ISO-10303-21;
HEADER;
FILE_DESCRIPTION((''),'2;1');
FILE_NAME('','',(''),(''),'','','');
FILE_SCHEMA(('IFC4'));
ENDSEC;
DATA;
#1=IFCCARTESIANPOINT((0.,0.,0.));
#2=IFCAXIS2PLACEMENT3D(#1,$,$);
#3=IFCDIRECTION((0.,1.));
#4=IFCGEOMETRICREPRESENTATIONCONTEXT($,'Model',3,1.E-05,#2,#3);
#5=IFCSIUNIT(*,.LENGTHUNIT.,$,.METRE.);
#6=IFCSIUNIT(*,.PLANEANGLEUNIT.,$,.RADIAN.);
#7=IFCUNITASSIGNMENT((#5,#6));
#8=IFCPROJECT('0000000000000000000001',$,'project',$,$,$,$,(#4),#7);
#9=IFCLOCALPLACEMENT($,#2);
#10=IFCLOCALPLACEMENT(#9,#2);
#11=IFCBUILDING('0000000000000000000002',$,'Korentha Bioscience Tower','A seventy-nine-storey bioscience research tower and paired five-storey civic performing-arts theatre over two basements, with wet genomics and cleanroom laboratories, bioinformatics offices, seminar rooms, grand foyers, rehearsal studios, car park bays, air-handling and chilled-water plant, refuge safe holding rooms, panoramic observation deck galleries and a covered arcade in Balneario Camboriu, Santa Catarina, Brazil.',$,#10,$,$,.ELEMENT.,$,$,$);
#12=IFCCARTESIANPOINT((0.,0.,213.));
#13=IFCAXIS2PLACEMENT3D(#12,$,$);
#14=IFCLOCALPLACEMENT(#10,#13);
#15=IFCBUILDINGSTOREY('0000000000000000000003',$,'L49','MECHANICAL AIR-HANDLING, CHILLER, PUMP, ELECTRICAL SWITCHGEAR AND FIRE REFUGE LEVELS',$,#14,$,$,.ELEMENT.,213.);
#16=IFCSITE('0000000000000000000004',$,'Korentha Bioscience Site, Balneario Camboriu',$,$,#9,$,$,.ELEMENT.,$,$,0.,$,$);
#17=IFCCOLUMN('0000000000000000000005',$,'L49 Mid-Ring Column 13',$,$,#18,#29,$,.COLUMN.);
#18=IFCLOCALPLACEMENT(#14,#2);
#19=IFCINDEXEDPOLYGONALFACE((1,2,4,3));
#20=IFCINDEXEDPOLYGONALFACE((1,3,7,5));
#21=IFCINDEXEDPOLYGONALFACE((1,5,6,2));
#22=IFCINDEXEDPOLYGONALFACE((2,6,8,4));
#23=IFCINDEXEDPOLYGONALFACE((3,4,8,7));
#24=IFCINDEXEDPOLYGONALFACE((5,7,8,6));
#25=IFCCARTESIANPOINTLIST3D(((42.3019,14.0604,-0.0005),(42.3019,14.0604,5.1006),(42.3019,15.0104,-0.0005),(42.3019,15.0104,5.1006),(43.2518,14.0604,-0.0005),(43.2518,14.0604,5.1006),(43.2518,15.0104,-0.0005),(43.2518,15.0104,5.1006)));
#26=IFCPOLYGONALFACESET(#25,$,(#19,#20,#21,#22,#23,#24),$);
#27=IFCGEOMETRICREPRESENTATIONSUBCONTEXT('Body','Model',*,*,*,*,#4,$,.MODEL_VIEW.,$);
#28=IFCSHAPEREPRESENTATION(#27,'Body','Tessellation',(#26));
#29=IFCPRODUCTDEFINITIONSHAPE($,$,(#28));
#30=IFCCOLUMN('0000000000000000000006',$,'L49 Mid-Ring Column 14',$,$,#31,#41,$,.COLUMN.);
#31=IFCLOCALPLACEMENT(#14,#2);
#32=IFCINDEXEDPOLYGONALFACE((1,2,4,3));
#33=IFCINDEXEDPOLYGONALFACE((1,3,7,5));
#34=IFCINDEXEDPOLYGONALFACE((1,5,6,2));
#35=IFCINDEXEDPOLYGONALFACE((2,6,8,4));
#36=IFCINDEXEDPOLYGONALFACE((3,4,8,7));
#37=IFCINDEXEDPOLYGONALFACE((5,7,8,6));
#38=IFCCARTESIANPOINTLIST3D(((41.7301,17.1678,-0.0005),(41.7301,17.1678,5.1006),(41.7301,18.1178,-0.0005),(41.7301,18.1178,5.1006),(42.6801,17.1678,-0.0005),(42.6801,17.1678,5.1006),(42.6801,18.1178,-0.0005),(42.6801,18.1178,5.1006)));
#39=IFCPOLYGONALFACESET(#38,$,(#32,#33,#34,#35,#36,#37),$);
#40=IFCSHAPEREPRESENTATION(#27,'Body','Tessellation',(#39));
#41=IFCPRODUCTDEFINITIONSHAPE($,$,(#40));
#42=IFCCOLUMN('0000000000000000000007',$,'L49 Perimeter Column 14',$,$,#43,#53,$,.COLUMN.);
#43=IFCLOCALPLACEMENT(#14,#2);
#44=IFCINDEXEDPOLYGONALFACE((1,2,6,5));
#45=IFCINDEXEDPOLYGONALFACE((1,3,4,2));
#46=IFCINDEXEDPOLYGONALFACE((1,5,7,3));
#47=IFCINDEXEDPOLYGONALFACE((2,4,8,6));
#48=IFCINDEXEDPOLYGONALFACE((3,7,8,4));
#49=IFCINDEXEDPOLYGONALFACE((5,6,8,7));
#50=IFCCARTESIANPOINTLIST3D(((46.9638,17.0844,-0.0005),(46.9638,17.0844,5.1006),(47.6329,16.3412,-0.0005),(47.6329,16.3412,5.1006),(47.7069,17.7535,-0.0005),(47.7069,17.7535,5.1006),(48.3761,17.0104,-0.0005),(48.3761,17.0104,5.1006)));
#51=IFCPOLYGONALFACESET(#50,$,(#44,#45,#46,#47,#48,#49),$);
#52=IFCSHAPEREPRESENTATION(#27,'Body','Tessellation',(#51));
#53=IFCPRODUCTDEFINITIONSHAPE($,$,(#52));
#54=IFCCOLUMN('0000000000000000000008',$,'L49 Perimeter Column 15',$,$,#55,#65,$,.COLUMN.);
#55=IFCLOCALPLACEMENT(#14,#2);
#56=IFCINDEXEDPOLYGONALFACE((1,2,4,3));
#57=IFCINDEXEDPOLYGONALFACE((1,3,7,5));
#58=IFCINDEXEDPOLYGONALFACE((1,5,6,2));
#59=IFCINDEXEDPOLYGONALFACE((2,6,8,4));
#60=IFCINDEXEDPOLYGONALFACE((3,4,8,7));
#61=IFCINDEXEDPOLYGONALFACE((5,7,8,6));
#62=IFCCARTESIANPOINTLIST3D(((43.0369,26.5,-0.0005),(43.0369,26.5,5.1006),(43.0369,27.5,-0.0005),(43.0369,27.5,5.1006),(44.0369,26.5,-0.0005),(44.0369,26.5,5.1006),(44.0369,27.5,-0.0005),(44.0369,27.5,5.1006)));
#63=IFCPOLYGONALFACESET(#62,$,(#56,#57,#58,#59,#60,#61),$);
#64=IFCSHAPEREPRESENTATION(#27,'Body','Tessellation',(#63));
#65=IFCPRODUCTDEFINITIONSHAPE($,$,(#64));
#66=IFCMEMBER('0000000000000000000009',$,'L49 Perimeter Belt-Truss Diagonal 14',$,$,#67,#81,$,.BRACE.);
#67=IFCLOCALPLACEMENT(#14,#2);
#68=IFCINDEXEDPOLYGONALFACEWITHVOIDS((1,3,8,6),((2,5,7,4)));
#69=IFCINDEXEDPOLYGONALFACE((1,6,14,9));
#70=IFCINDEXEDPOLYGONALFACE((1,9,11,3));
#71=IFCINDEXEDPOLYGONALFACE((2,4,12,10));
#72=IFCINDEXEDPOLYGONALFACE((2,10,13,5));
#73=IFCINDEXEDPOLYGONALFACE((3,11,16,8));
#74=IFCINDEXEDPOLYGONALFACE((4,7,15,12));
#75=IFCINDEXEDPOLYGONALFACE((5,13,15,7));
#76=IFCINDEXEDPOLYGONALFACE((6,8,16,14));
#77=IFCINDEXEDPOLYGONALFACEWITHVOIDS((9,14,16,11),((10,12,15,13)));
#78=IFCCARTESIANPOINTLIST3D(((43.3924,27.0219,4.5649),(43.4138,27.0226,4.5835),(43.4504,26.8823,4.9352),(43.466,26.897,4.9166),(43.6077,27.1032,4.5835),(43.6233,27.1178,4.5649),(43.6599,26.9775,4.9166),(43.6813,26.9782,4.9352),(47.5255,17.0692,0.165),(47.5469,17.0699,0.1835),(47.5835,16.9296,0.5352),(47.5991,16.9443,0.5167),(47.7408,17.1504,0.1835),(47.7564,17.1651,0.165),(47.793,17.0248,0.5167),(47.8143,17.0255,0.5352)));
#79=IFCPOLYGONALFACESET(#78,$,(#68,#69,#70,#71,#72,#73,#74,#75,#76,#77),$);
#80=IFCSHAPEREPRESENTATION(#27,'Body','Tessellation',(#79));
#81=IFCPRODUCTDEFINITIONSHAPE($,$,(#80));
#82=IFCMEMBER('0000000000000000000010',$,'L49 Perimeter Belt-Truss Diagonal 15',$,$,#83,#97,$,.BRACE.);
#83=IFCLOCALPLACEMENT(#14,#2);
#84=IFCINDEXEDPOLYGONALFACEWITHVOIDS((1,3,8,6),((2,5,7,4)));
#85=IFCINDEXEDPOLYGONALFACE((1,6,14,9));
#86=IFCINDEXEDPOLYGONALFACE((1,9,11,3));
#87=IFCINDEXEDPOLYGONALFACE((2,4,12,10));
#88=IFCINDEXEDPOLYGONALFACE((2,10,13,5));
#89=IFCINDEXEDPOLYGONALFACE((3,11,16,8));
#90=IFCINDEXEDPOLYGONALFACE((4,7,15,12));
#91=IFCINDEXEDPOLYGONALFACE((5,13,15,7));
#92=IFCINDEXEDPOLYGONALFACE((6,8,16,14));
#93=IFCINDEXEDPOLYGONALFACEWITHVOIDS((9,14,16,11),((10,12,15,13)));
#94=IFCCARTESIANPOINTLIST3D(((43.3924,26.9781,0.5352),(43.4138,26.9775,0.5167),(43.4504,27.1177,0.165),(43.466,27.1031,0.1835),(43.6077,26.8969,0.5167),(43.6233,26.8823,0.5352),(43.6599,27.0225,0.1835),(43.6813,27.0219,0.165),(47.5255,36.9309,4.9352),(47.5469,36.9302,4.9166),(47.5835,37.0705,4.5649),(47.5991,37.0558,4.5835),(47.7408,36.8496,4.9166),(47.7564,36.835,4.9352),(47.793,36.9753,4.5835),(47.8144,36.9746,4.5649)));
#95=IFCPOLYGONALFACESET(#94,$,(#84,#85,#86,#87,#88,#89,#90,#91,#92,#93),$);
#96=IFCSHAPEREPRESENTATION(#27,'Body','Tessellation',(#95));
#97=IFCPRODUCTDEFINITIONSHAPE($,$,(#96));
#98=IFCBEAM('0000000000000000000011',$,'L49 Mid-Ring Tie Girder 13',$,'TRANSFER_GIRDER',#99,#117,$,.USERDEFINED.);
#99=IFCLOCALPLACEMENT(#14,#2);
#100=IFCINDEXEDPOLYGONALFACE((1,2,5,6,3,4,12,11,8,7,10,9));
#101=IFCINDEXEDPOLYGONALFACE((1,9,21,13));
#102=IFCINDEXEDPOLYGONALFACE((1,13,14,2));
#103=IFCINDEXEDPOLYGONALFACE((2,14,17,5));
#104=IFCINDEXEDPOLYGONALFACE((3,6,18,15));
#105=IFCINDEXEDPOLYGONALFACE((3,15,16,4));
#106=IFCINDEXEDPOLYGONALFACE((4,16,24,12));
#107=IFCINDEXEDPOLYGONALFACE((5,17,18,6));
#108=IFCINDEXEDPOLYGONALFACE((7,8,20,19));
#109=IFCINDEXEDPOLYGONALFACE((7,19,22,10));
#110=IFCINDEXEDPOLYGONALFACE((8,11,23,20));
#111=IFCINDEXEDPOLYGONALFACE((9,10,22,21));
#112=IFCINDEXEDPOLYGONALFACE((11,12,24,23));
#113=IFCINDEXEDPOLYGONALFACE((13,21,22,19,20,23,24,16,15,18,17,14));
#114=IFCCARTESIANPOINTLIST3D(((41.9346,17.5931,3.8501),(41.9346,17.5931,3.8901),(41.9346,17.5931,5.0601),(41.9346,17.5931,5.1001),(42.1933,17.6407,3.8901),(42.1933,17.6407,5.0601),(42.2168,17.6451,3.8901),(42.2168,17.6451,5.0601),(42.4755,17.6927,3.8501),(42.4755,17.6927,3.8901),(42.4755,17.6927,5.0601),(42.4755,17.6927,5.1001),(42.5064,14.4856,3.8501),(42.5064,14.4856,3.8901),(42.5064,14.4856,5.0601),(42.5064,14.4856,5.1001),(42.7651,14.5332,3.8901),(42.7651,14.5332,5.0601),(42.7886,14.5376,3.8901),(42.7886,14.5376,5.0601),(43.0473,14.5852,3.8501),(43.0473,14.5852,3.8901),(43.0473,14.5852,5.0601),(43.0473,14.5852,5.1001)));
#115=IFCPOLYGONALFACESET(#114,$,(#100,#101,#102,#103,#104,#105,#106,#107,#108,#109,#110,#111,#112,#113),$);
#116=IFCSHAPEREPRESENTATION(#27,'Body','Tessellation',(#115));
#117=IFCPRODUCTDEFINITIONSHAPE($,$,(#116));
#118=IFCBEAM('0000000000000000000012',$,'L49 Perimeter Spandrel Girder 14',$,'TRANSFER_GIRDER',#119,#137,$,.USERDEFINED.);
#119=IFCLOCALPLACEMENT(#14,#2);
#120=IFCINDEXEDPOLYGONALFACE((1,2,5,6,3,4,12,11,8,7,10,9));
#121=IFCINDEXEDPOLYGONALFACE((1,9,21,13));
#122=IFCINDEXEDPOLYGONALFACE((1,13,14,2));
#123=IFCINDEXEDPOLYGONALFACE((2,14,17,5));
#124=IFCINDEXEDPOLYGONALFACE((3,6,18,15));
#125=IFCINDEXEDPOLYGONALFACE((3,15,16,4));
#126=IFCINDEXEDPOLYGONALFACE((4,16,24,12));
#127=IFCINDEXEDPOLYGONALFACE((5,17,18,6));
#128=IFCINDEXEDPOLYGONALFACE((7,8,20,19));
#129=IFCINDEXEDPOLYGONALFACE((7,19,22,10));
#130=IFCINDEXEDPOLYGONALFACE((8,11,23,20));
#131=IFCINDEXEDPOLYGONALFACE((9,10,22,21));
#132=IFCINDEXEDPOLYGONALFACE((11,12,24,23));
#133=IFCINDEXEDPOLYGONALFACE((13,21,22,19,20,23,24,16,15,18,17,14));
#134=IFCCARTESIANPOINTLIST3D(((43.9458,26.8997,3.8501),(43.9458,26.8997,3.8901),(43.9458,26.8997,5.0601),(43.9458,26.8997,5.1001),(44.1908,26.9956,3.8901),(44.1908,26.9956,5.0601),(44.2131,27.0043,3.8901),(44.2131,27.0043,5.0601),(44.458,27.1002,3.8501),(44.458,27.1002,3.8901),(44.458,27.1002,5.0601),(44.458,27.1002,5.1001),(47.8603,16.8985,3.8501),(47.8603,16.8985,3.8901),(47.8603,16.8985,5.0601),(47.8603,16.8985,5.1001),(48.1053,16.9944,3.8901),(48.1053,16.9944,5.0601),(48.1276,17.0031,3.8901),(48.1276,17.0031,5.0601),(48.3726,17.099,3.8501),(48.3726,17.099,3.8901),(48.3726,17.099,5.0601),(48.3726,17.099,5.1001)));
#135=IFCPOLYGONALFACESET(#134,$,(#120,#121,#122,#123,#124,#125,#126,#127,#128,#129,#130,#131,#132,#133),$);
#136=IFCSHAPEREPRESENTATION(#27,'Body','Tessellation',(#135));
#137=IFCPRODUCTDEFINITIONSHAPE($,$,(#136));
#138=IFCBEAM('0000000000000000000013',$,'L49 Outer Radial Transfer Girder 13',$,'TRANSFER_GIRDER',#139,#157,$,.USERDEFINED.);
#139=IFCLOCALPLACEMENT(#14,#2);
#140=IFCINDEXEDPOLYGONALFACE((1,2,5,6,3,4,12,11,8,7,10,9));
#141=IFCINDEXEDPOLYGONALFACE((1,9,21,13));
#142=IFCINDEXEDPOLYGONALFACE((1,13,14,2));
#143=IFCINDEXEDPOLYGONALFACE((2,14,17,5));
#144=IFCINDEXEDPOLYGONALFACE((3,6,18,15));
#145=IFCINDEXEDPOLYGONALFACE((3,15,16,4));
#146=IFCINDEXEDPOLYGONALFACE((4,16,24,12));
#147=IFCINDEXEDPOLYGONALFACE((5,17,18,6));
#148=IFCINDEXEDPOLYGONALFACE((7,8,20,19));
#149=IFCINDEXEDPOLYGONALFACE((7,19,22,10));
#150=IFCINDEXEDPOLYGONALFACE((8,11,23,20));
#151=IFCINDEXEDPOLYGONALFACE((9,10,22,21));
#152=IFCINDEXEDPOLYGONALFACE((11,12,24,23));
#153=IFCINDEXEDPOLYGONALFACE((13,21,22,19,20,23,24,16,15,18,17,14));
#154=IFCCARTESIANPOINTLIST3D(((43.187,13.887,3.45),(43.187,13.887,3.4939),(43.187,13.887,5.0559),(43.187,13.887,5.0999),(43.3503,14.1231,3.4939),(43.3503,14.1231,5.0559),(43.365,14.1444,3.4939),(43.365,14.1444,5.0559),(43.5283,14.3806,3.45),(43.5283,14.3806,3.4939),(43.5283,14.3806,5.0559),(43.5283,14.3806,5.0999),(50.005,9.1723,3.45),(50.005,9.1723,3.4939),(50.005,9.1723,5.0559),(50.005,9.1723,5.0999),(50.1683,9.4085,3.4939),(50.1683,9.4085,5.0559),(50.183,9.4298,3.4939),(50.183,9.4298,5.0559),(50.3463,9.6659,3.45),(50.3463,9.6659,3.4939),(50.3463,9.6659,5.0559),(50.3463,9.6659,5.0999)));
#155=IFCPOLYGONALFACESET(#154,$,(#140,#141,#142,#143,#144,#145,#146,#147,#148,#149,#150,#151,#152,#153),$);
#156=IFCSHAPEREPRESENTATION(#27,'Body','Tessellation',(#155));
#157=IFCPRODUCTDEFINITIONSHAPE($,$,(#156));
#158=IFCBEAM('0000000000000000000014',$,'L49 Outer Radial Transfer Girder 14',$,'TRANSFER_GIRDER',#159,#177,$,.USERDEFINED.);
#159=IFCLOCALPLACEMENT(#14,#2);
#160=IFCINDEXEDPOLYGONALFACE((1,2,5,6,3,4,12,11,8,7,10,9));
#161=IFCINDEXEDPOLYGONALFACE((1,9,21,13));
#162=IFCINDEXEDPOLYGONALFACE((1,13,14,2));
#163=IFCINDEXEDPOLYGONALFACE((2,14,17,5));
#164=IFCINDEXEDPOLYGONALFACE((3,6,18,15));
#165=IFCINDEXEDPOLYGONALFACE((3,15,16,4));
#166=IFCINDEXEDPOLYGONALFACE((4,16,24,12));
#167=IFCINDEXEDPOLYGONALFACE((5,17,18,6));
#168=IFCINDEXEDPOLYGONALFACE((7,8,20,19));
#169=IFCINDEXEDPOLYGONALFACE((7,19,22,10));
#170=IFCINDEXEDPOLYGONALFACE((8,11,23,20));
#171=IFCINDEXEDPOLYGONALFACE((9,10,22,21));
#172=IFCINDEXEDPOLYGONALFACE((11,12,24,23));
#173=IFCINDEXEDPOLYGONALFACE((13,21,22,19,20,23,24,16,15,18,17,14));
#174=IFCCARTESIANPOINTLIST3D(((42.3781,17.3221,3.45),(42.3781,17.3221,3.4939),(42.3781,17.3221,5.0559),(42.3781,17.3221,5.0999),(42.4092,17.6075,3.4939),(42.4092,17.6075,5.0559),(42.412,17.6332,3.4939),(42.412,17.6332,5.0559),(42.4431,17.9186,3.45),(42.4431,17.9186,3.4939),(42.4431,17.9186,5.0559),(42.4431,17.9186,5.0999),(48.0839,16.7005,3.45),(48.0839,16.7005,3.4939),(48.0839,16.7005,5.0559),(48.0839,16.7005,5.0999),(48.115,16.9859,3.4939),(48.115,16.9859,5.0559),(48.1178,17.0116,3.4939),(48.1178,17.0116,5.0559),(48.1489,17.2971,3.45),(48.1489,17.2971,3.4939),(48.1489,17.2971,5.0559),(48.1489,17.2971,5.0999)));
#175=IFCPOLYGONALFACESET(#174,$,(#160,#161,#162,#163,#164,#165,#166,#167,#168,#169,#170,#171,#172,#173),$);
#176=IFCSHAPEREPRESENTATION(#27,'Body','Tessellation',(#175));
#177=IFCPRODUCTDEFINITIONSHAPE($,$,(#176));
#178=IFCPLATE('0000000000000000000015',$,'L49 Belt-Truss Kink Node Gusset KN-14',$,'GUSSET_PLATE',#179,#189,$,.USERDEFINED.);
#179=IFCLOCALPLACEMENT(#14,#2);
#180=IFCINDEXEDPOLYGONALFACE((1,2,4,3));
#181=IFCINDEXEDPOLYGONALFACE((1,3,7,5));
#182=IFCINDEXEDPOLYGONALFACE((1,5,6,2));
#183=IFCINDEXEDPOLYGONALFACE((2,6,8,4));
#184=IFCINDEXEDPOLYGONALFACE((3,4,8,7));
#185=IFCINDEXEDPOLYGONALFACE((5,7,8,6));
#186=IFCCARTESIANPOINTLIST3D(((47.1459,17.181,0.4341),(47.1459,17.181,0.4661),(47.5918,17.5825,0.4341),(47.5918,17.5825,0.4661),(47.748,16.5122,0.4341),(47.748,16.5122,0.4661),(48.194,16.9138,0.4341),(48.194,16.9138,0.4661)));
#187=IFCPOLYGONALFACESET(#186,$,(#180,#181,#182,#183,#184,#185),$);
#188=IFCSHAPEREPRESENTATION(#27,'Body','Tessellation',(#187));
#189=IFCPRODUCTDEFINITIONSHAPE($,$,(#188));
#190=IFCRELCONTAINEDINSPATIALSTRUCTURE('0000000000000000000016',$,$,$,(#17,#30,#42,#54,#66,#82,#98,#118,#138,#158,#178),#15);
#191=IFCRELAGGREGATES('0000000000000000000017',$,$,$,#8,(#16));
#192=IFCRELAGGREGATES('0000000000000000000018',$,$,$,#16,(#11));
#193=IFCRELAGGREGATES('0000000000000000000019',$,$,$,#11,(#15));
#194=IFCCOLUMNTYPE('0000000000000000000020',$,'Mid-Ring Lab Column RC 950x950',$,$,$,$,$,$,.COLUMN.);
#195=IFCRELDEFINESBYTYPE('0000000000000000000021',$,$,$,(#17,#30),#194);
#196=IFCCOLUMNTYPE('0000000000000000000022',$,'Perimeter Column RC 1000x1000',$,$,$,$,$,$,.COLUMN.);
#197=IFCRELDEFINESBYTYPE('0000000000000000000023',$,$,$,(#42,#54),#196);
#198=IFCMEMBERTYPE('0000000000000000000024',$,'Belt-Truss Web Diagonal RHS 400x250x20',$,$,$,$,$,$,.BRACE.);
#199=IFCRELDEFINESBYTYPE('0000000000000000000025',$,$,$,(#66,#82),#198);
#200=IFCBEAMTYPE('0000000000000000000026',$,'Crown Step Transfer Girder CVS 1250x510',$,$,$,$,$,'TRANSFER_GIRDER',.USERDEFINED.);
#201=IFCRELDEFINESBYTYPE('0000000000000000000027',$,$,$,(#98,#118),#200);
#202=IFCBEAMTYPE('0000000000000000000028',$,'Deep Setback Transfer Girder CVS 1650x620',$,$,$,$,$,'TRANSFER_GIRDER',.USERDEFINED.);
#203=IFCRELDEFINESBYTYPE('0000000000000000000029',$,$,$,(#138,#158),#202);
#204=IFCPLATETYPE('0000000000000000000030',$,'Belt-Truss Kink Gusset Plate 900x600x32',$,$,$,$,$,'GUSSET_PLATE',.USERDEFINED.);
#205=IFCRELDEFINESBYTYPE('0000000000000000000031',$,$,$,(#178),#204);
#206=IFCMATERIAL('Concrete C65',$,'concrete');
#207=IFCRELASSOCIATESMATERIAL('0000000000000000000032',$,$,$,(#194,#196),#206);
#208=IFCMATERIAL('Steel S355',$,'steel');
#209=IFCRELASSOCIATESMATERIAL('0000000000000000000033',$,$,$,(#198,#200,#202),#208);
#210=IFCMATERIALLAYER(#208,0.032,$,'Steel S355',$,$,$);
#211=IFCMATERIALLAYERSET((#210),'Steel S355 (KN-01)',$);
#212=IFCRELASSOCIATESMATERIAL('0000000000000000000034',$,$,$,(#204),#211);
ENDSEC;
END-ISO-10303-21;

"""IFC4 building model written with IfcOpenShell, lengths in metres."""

from ifc_helpers import new_model, si_unit, direction, frame, origin, origin_2d, place, context, subcontext, project, spatial, rectangle, hollow_rectangle, i_section, extrude, material, layer, layer_set, material_profile, profile_set, type_object, element, save


model = new_model("IFC4")

# Units and contexts
model_context = context("Model", 3, precision=1e-05, world=origin(), true_north=direction((0.0, 1.0)))
body_context = subcontext(model_context, "Body", "Model", "MODEL_VIEW")
ifc_project = project(units=[si_unit("LENGTHUNIT", "METRE"), si_unit("PLANEANGLEUNIT", "RADIAN")], contexts=[model_context])

# Site, building, storey
site_placement = place(None, origin())
site = spatial("IfcSite", under=ifc_project, at=site_placement, Name="Korentha Bioscience Site, Balneario Camboriu", CompositionType="ELEMENT", RefElevation=0.0)
building_placement = place(site_placement, origin())
building = spatial("IfcBuilding", under=site, at=building_placement, Name="Korentha Bioscience Tower", Description="A seventy-nine-storey bioscience research tower and paired five-storey civic performing-arts theatre over two basements, with wet genomics and cleanroom laboratories, bioinformatics offices, seminar rooms, grand foyers, rehearsal studios, car park bays, air-handling and chilled-water plant, refuge safe holding rooms, panoramic observation deck galleries and a covered arcade in Balneario Camboriu, Santa Catarina, Brazil.", CompositionType="ELEMENT")
storey_placement = place(building_placement, frame((0.0, 0.0, 213.0)))
storey = spatial("IfcBuildingStorey", under=building, at=storey_placement, Name="L49", Description="MECHANICAL AIR-HANDLING, CHILLER, PUMP, ELECTRICAL SWITCHGEAR AND FIRE REFUGE LEVELS", CompositionType="ELEMENT", Elevation=213.0)

# Columns
ifc_material_1 = material(Name="Concrete C65", Category="concrete")
ifc_material_profile_1 = material_profile(ifc_material_1, rectangle(XDim=0.95, YDim=0.95, at=origin_2d()), Name="Concrete C65")
ifc_profile_set_1 = profile_set([ifc_material_profile_1], Name="Concrete C65 (COL-MR09)")
column_type_1 = type_object("IfcColumnType", Name="Mid-Ring Lab Column RC 950x950", PredefinedType="COLUMN", material=ifc_profile_set_1)
for number, where, z_axis, x_axis, name in (
    (1, (42.7769, 14.5354, -0.0005), (0.0, 0.0, 1.0), (1.0, 0.0, 0.0), "L49 Mid-Ring Column 13"),
    (2, (42.2051, 17.6428, -0.0005), (0.0, 0.0, 1.0), (1.0, 0.0, 0.0), "L49 Mid-Ring Column 14"),
):
    element("IfcColumn", number, at=place(storey_placement, frame(where, z_axis=z_axis, x_axis=x_axis)), inside=storey, type_object=column_type_1, Name=name, PredefinedType="COLUMN", context=body_context, shape_type="SweptSolid", body=[
        extrude(rectangle(XDim=0.95, YDim=0.95, at=origin_2d()), origin(), (0.0, 0.0, 1.0), 5.1011),
    ])
ifc_material_profile_2 = material_profile(ifc_material_1, rectangle(XDim=1.0, YDim=1.0, at=origin_2d()), Name="Concrete C65")
ifc_profile_set_2 = profile_set([ifc_material_profile_2], Name="Concrete C65 (COL-P10)")
column_type_2 = type_object("IfcColumnType", Name="Perimeter Column RC 1000x1000", PredefinedType="COLUMN", material=ifc_profile_set_2)
for number, where, z_axis, x_axis, name in (
    (3, (47.6699, 17.0474, -0.0005), (0.0, 0.0, 1.0), (-0.669131, 0.743145, 0.0), "L49 Perimeter Column 14"),
    (4, (43.5369, 27.0, -0.0005), (0.0, 0.0, 1.0), (0.0, 1.0, 0.0), "L49 Perimeter Column 15"),
):
    element("IfcColumn", number, at=place(storey_placement, frame(where, z_axis=z_axis, x_axis=x_axis)), inside=storey, type_object=column_type_2, Name=name, PredefinedType="COLUMN", context=body_context, shape_type="SweptSolid", body=[
        extrude(rectangle(XDim=1.0, YDim=1.0, at=origin_2d()), origin(), (0.0, 0.0, 1.0), 5.1011),
    ])

# Members
ifc_material_2 = material(Name="Steel S355", Category="steel")
ifc_material_profile_3 = material_profile(ifc_material_2, hollow_rectangle(XDim=0.25, YDim=0.3999, WallThickness=0.02, at=origin_2d()), Name="Steel S355")
ifc_profile_set_3 = profile_set([ifc_material_profile_3], Name="Steel S355 (BT-D400)")
member_type = type_object("IfcMemberType", Name="Belt-Truss Web Diagonal RHS 400x250x20", PredefinedType="BRACE", material=ifc_profile_set_3)
for number, where, z_axis, x_axis, name in (
    (5, (47.6699, 17.0474, 0.3501), (-0.355065, 0.855016, 0.377989), (-0.923533, -0.383518, 0.0), "L49 Perimeter Belt-Truss Diagonal 14"),
    (6, (43.5369, 27.0, 0.3501), (0.355065, 0.855016, 0.377989), (-0.923533, 0.383518, 0.0), "L49 Perimeter Belt-Truss Diagonal 15"),
):
    element("IfcMember", number, at=place(storey_placement, frame(where, z_axis=z_axis, x_axis=x_axis)), inside=storey, type_object=member_type, Name=name, PredefinedType="BRACE", context=body_context, shape_type="SweptSolid", body=[
        extrude(hollow_rectangle(XDim=0.25, YDim=0.3999, WallThickness=0.02, at=origin_2d()), origin(), (0.0, 0.0, 1.0), 11.6404),
    ])

# Beams
ifc_material_profile_4 = material_profile(ifc_material_2, i_section(OverallWidth=0.55, OverallDepth=1.25, WebThickness=0.0239, FlangeThickness=0.04, at=origin_2d()), Name="Steel S355")
ifc_profile_set_4 = profile_set([ifc_material_profile_4], Name="Steel S355 (TG-03)")
beam_type_1 = type_object("IfcBeamType", Name="Crown Step Transfer Girder CVS 1250x510", ElementType="TRANSFER_GIRDER", PredefinedType="USERDEFINED", material=ifc_profile_set_4)
beam_1_placement = place(storey_placement, frame((42.7769, 14.5354, 4.4751), z_axis=(-0.180966, 0.983489, 0.0), x_axis=(-0.983489, -0.180966, 0.0)))
element("IfcBeam", 7, at=beam_1_placement, inside=storey, type_object=beam_type_1, Name="L49 Mid-Ring Tie Girder 13", ObjectType="TRANSFER_GIRDER", PredefinedType="USERDEFINED", context=body_context, shape_type="SweptSolid", body=[
    extrude(i_section(OverallWidth=0.55, OverallDepth=1.25, WebThickness=0.0239, FlangeThickness=0.04, at=origin_2d()), origin(), (0.0, 0.0, 1.0), 3.1597),
])
beam_2_placement = place(storey_placement, frame((48.1165, 16.9988, 4.4751), z_axis=(-0.364482, 0.93121, 0.0), x_axis=(-0.93121, -0.364482, 0.0)))
element("IfcBeam", 8, at=beam_2_placement, inside=storey, type_object=beam_type_1, Name="L49 Perimeter Spandrel Girder 14", ObjectType="TRANSFER_GIRDER", PredefinedType="USERDEFINED", context=body_context, shape_type="SweptSolid", body=[
    extrude(i_section(OverallWidth=0.55, OverallDepth=1.25, WebThickness=0.0239, FlangeThickness=0.04, at=origin_2d()), origin(), (0.0, 0.0, 1.0), 10.74),
])
ifc_material_profile_5 = material_profile(ifc_material_2, i_section(OverallWidth=0.6001, OverallDepth=1.6499, WebThickness=0.0259, FlangeThickness=0.0439, at=origin_2d()), Name="Steel S355")
ifc_profile_set_5 = profile_set([ifc_material_profile_5], Name="Steel S355 (TG-04)")
beam_type_2 = type_object("IfcBeamType", Name="Deep Setback Transfer Girder CVS 1650x620", ElementType="TRANSFER_GIRDER", PredefinedType="USERDEFINED", material=ifc_profile_set_5)
beam_3_placement = place(storey_placement, frame((43.3577, 14.1338, 4.2749), z_axis=(0.822501, -0.568764, 0.0), x_axis=(0.568764, 0.822501, 0.0)))
element("IfcBeam", 9, at=beam_3_placement, inside=storey, type_object=beam_type_2, Name="L49 Outer Radial Transfer Girder 13", ObjectType="TRANSFER_GIRDER", PredefinedType="USERDEFINED", context=body_context, shape_type="SweptSolid", body=[
    extrude(i_section(OverallWidth=0.6001, OverallDepth=1.6499, WebThickness=0.0259, FlangeThickness=0.0439, at=origin_2d()), origin(), (0.0, 0.0, 1.0), 8.2893),
])
beam_4_placement = place(storey_placement, frame((42.4106, 17.6204, 4.2749), z_axis=(0.994119, -0.108298, 0.0), x_axis=(0.108298, 0.994119, 0.0)))
element("IfcBeam", 10, at=beam_4_placement, inside=storey, type_object=beam_type_2, Name="L49 Outer Radial Transfer Girder 14", ObjectType="TRANSFER_GIRDER", PredefinedType="USERDEFINED", context=body_context, shape_type="SweptSolid", body=[
    extrude(i_section(OverallWidth=0.6001, OverallDepth=1.6499, WebThickness=0.0259, FlangeThickness=0.0439, at=origin_2d()), origin(), (0.0, 0.0, 1.0), 5.7395),
])

# Plate
ifc_layer_1 = layer(ifc_material_2, 0.032, Name="Steel S355")
ifc_layer_set_1 = layer_set([ifc_layer_1], Name="Steel S355 (KN-01)")
plate_type_1 = type_object("IfcPlateType", Name="Belt-Truss Kink Gusset Plate 900x600x32", ElementType="GUSSET_PLATE", PredefinedType="USERDEFINED", material=ifc_layer_set_1)
for number, where, z_axis, x_axis, name in (
    (11, (47.6699, 17.0474, 0.4341), (0.0, 0.0, 1.0), (-0.669131, 0.743145, 0.0), "L49 Belt-Truss Kink Node Gusset KN-14"),
):
    element("IfcPlate", number, at=place(storey_placement, frame(where, z_axis=z_axis, x_axis=x_axis)), inside=storey, type_object=plate_type_1, Name=name, ObjectType="GUSSET_PLATE", PredefinedType="USERDEFINED", context=body_context, shape_type="SweptSolid", body=[
        extrude(rectangle(XDim=0.8999, YDim=0.6001, at=origin_2d()), origin(), (0.0, 0.0, 1.0), 0.032),
    ])

save(model, "model.ifc")
